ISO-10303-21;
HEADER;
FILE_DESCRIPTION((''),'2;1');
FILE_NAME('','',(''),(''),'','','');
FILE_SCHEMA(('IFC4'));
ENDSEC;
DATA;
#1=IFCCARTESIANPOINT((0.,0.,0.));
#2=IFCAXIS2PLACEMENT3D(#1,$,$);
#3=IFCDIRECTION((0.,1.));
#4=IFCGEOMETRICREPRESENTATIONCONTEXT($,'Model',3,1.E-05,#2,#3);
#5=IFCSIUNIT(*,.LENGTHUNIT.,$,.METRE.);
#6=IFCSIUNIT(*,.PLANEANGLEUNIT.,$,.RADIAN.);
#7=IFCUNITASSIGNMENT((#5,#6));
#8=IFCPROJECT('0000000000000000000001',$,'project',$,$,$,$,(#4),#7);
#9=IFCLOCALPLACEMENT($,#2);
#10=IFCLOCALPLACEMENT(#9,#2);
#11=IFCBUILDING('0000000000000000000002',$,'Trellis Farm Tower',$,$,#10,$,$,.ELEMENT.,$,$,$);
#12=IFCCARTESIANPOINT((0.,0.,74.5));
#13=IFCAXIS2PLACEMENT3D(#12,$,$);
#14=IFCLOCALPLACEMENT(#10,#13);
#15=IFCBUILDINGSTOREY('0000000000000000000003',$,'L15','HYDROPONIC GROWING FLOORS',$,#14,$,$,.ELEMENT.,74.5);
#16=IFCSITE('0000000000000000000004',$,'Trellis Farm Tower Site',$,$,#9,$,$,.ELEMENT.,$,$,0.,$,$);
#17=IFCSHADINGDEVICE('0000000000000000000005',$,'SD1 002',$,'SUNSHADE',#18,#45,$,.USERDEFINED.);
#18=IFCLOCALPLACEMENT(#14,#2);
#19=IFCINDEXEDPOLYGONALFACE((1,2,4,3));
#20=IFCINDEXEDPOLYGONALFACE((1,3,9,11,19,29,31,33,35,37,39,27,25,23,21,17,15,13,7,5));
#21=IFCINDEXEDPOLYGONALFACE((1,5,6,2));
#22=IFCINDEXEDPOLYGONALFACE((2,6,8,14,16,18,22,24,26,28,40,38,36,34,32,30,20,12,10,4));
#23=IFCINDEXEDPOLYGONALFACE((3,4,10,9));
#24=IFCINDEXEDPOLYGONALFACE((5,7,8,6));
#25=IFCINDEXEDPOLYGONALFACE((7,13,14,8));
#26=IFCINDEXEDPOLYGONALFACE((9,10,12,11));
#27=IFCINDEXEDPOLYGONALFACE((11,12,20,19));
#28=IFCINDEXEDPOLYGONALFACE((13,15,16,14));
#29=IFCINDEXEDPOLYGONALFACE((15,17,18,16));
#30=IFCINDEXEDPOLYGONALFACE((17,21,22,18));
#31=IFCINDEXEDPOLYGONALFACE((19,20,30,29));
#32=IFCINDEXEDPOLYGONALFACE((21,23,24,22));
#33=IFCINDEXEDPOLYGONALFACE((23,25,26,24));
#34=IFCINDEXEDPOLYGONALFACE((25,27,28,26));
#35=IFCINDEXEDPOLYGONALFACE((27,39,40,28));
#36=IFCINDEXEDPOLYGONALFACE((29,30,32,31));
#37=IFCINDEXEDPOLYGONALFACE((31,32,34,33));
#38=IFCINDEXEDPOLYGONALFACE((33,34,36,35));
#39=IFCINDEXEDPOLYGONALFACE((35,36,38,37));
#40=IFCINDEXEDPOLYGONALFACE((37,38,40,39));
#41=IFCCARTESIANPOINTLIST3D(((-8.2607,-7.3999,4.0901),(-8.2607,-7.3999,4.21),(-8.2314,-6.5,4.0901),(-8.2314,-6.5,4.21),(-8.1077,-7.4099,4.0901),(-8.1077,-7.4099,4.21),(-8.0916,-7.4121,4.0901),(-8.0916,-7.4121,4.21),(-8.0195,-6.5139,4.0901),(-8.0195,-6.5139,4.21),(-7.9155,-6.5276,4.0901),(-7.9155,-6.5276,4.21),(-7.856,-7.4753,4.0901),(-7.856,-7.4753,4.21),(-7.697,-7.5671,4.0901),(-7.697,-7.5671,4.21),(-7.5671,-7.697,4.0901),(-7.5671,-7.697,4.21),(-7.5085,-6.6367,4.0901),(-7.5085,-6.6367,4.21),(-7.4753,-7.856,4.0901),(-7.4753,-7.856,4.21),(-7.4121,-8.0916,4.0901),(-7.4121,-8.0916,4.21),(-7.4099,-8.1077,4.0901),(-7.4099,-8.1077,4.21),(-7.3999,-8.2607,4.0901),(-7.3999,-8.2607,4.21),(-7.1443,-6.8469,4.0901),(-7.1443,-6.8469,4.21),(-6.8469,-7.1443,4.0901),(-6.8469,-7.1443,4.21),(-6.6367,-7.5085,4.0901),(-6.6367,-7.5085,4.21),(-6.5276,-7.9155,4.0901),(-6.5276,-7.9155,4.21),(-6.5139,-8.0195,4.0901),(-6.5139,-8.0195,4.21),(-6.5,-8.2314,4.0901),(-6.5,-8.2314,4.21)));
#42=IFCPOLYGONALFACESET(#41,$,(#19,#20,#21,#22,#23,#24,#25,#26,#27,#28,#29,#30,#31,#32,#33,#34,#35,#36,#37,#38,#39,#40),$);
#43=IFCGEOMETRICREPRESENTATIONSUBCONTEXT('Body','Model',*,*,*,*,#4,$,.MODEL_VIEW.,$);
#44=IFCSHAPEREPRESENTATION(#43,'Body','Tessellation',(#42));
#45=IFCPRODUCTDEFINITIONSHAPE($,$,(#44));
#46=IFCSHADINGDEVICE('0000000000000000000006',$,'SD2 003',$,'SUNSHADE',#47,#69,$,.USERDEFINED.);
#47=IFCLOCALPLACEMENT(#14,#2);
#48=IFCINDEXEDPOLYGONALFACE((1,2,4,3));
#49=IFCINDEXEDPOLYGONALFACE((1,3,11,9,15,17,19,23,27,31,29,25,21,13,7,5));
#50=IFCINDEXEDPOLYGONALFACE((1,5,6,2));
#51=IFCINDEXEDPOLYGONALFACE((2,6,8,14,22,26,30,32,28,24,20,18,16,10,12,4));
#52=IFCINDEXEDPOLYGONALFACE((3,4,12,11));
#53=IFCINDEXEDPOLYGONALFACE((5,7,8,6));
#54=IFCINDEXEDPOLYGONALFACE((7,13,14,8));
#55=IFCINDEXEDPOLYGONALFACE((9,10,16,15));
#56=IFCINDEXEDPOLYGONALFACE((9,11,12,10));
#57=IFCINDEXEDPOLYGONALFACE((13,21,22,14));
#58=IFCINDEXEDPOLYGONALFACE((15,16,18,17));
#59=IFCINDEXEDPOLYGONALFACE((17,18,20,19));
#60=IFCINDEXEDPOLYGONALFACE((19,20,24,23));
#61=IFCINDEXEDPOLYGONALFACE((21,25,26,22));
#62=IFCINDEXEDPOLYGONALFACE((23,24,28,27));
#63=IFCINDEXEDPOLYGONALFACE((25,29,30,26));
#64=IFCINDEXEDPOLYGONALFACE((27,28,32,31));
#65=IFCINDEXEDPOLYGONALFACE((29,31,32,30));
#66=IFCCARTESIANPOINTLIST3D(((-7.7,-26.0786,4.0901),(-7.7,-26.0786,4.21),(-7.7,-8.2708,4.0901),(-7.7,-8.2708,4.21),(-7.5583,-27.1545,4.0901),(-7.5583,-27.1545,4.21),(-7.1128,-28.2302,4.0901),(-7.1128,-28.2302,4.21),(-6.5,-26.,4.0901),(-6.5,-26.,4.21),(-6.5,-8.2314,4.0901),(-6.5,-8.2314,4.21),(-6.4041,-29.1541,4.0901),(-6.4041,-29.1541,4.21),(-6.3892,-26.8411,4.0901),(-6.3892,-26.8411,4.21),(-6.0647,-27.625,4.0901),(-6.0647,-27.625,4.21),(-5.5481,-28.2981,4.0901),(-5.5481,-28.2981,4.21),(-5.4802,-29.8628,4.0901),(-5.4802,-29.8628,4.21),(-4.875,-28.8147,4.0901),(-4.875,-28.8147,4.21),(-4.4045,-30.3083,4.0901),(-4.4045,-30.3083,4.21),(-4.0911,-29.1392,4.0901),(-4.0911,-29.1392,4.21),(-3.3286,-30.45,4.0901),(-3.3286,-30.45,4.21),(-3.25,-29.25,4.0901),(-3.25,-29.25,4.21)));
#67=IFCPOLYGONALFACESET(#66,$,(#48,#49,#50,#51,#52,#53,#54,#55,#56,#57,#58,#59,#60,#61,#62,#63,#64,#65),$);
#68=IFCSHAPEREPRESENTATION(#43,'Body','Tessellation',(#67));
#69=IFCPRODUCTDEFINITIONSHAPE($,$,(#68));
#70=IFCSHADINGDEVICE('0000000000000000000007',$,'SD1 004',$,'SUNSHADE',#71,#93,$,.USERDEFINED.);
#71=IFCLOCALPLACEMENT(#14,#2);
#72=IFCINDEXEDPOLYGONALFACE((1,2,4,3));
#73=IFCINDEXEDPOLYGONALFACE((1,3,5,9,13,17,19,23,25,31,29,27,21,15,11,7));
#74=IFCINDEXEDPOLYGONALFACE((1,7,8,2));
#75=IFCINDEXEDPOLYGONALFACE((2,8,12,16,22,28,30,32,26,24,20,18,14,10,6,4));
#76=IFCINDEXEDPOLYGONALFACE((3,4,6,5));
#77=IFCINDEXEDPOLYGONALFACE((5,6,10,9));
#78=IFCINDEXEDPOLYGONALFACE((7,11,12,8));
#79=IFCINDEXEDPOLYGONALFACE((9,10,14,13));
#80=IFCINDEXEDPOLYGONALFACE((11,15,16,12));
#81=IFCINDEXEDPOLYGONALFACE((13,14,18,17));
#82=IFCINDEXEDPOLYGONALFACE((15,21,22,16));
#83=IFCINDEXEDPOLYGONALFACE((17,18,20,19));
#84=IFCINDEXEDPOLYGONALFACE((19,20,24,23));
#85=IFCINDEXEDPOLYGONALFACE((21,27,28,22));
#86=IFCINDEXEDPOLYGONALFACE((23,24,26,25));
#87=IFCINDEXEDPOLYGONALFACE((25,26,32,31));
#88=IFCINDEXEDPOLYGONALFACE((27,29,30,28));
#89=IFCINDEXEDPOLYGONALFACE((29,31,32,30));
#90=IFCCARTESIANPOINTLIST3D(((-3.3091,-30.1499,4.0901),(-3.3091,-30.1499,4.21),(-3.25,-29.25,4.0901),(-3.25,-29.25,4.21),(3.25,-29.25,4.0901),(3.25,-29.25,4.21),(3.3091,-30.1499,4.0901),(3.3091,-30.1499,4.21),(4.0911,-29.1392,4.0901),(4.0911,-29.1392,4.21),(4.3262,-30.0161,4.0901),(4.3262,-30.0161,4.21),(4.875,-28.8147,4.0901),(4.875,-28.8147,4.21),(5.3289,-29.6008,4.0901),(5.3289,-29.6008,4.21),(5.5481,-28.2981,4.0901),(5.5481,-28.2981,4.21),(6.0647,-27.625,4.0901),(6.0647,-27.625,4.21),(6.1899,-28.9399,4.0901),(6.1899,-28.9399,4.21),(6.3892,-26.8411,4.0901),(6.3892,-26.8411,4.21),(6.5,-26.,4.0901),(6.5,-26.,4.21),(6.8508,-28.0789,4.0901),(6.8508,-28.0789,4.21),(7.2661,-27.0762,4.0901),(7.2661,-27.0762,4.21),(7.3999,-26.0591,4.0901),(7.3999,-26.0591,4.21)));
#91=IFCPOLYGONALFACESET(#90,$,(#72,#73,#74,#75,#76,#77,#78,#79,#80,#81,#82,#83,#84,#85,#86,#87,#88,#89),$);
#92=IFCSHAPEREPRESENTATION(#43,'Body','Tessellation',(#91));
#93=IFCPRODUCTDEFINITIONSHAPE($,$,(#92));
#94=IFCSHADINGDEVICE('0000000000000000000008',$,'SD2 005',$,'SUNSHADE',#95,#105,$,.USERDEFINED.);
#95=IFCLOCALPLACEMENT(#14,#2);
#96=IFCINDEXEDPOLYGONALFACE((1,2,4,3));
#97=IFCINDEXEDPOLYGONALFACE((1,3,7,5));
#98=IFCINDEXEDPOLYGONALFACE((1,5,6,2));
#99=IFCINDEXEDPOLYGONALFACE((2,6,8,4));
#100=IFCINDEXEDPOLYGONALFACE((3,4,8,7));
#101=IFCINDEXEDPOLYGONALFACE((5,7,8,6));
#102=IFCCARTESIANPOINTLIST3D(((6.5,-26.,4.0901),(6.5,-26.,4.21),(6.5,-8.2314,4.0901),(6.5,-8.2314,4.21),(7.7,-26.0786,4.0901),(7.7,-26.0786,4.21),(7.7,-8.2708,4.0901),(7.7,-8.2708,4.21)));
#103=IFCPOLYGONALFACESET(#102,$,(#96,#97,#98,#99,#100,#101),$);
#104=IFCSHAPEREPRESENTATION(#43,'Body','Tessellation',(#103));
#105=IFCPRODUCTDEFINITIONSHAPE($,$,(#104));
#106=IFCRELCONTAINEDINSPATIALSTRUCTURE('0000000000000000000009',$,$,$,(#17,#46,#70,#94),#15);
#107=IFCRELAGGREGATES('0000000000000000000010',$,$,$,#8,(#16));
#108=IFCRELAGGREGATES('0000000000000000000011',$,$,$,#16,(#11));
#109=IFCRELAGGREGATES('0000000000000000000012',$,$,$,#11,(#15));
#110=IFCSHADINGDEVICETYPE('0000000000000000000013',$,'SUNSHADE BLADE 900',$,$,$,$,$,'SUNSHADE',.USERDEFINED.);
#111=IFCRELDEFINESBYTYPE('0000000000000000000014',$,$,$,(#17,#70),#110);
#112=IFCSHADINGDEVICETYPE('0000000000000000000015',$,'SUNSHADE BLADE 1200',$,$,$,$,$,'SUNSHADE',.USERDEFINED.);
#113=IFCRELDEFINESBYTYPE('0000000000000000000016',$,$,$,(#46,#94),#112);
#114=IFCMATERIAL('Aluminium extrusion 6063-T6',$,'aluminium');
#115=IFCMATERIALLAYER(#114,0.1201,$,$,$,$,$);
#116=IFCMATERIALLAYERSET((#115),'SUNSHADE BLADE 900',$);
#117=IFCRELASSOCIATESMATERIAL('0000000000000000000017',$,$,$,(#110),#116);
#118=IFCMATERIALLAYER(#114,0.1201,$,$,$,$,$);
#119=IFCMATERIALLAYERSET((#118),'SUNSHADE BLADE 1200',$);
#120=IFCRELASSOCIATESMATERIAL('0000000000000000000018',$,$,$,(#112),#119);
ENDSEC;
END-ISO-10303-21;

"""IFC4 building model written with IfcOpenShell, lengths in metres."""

from ifc_helpers import new_model, si_unit, direction, frame, origin, place, context, subcontext, project, spatial, polyline, outline, extrude, source, transform, mapped, material, layer, layer_set, type_object, element, save


model = new_model("IFC4")

# Units and contexts
model_context = context("Model", 3, precision=1e-05, world=origin(), true_north=direction((0.0, 1.0)))
body_context = subcontext(model_context, "Body", "Model", "MODEL_VIEW")
ifc_project = project(units=[si_unit("LENGTHUNIT", "METRE"), si_unit("PLANEANGLEUNIT", "RADIAN")], contexts=[model_context])

# Site, building, storey
site_placement = place(None, origin())
site = spatial("IfcSite", under=ifc_project, at=site_placement, Name="Trellis Farm Tower Site", CompositionType="ELEMENT", RefElevation=0.0)
building_placement = place(site_placement, origin())
building = spatial("IfcBuilding", under=site, at=building_placement, Name="Trellis Farm Tower", CompositionType="ELEMENT")
storey_placement = place(building_placement, frame((0.0, 0.0, 74.5)))
storey = spatial("IfcBuildingStorey", under=building, at=storey_placement, Name="L15", Description="HYDROPONIC GROWING FLOORS", CompositionType="ELEMENT", Elevation=74.5)

# Shared definitions
ifc_material_1 = material(Name="Aluminium extrusion 6063-T6", Category="aluminium")

# Shading devices
ifc_layer_1 = layer(ifc_material_1, 0.1201)
ifc_layer_set_1 = layer_set([ifc_layer_1], Name="SUNSHADE BLADE 900")
shading_device_type_1 = type_object("IfcShadingDeviceType", Name="SUNSHADE BLADE 900", ElementType="SUNSHADE", PredefinedType="USERDEFINED", material=ifc_layer_set_1)
placement_1 = place(storey_placement, frame((0.0, 0.0, 4.0901)))
shared_shape_1 = source(origin(), body_context, "Body", "SweptSolid", [
    extrude(outline(polyline([(-8.2607, -7.3999), (-8.1077, -7.4099), (-8.0916, -7.4121), (-7.856, -7.4753), (-7.697, -7.5671), (-7.5671, -7.697), (-7.4753, -7.856), (-7.4121, -8.0916), (-7.4099, -8.1077), (-7.3999, -8.2607), (-6.5, -8.2314), (-6.5139, -8.0195), (-6.5276, -7.9155), (-6.6367, -7.5085), (-6.8469, -7.1443), (-7.1443, -6.8469), (-7.5085, -6.6367), (-7.9155, -6.5276), (-8.0195, -6.5139), (-8.2314, -6.5), (-8.2607, -7.3999)])), origin(), (0.0, 0.0, 1.0), 0.1199),
])
element("IfcShadingDevice", 1, at=placement_1, inside=storey, type_object=shading_device_type_1, Name="SD1 002", ObjectType="SUNSHADE", PredefinedType="USERDEFINED", context=body_context, shape_type="MappedRepresentation", body=[
    mapped(shared_shape_1, transform((0.0, 0.0, 0.0))),
])
ifc_layer_2 = layer(ifc_material_1, 0.1201)
ifc_layer_set_2 = layer_set([ifc_layer_2], Name="SUNSHADE BLADE 1200")
shading_device_type_2 = type_object("IfcShadingDeviceType", Name="SUNSHADE BLADE 1200", ElementType="SUNSHADE", PredefinedType="USERDEFINED", material=ifc_layer_set_2)
shared_shape_2 = source(origin(), body_context, "Body", "SweptSolid", [
    extrude(outline(polyline([(-7.7, -8.2708), (-7.7, -26.0786), (-7.5583, -27.1545), (-7.1128, -28.2302), (-6.4041, -29.1541), (-5.4802, -29.8628), (-4.4045, -30.3083), (-3.3286, -30.45), (-3.25, -29.25), (-4.0911, -29.1392), (-4.875, -28.8147), (-5.5481, -28.2981), (-6.0647, -27.625), (-6.3892, -26.8411), (-6.5, -26.0), (-6.5, -8.2314), (-7.7, -8.2708)])), origin(), (0.0, 0.0, 1.0), 0.1199),
])
element("IfcShadingDevice", 2, at=placement_1, inside=storey, type_object=shading_device_type_2, Name="SD2 003", ObjectType="SUNSHADE", PredefinedType="USERDEFINED", context=body_context, shape_type="MappedRepresentation", body=[
    mapped(shared_shape_2, transform((0.0, 0.0, 0.0))),
])
shared_shape_3 = source(origin(), body_context, "Body", "SweptSolid", [
    extrude(outline(polyline([(-3.3091, -30.1499), (3.3091, -30.1499), (4.3262, -30.0161), (5.3289, -29.6008), (6.1899, -28.9399), (6.8508, -28.0789), (7.2661, -27.0762), (7.3999, -26.0591), (6.5, -26.0), (6.3892, -26.8411), (6.0647, -27.625), (5.5481, -28.2981), (4.875, -28.8147), (4.0911, -29.1392), (3.25, -29.25), (-3.25, -29.25), (-3.3091, -30.1499)])), origin(), (0.0, 0.0, 1.0), 0.1199),
])
element("IfcShadingDevice", 3, at=placement_1, inside=storey, type_object=shading_device_type_1, Name="SD1 004", ObjectType="SUNSHADE", PredefinedType="USERDEFINED", context=body_context, shape_type="MappedRepresentation", body=[
    mapped(shared_shape_3, transform((0.0, 0.0, 0.0))),
])
shared_shape_4 = source(origin(), body_context, "Body", "SweptSolid", [
    extrude(outline(polyline([(7.7, -26.0786), (7.7, -8.2708), (6.5, -8.2314), (6.5, -26.0), (7.7, -26.0786)])), origin(), (0.0, 0.0, 1.0), 0.1199),
])
element("IfcShadingDevice", 4, at=placement_1, inside=storey, type_object=shading_device_type_2, Name="SD2 005", ObjectType="SUNSHADE", PredefinedType="USERDEFINED", context=body_context, shape_type="MappedRepresentation", body=[
    mapped(shared_shape_4, transform((0.0, 0.0, 0.0))),
])

save(model, "model.ifc")
